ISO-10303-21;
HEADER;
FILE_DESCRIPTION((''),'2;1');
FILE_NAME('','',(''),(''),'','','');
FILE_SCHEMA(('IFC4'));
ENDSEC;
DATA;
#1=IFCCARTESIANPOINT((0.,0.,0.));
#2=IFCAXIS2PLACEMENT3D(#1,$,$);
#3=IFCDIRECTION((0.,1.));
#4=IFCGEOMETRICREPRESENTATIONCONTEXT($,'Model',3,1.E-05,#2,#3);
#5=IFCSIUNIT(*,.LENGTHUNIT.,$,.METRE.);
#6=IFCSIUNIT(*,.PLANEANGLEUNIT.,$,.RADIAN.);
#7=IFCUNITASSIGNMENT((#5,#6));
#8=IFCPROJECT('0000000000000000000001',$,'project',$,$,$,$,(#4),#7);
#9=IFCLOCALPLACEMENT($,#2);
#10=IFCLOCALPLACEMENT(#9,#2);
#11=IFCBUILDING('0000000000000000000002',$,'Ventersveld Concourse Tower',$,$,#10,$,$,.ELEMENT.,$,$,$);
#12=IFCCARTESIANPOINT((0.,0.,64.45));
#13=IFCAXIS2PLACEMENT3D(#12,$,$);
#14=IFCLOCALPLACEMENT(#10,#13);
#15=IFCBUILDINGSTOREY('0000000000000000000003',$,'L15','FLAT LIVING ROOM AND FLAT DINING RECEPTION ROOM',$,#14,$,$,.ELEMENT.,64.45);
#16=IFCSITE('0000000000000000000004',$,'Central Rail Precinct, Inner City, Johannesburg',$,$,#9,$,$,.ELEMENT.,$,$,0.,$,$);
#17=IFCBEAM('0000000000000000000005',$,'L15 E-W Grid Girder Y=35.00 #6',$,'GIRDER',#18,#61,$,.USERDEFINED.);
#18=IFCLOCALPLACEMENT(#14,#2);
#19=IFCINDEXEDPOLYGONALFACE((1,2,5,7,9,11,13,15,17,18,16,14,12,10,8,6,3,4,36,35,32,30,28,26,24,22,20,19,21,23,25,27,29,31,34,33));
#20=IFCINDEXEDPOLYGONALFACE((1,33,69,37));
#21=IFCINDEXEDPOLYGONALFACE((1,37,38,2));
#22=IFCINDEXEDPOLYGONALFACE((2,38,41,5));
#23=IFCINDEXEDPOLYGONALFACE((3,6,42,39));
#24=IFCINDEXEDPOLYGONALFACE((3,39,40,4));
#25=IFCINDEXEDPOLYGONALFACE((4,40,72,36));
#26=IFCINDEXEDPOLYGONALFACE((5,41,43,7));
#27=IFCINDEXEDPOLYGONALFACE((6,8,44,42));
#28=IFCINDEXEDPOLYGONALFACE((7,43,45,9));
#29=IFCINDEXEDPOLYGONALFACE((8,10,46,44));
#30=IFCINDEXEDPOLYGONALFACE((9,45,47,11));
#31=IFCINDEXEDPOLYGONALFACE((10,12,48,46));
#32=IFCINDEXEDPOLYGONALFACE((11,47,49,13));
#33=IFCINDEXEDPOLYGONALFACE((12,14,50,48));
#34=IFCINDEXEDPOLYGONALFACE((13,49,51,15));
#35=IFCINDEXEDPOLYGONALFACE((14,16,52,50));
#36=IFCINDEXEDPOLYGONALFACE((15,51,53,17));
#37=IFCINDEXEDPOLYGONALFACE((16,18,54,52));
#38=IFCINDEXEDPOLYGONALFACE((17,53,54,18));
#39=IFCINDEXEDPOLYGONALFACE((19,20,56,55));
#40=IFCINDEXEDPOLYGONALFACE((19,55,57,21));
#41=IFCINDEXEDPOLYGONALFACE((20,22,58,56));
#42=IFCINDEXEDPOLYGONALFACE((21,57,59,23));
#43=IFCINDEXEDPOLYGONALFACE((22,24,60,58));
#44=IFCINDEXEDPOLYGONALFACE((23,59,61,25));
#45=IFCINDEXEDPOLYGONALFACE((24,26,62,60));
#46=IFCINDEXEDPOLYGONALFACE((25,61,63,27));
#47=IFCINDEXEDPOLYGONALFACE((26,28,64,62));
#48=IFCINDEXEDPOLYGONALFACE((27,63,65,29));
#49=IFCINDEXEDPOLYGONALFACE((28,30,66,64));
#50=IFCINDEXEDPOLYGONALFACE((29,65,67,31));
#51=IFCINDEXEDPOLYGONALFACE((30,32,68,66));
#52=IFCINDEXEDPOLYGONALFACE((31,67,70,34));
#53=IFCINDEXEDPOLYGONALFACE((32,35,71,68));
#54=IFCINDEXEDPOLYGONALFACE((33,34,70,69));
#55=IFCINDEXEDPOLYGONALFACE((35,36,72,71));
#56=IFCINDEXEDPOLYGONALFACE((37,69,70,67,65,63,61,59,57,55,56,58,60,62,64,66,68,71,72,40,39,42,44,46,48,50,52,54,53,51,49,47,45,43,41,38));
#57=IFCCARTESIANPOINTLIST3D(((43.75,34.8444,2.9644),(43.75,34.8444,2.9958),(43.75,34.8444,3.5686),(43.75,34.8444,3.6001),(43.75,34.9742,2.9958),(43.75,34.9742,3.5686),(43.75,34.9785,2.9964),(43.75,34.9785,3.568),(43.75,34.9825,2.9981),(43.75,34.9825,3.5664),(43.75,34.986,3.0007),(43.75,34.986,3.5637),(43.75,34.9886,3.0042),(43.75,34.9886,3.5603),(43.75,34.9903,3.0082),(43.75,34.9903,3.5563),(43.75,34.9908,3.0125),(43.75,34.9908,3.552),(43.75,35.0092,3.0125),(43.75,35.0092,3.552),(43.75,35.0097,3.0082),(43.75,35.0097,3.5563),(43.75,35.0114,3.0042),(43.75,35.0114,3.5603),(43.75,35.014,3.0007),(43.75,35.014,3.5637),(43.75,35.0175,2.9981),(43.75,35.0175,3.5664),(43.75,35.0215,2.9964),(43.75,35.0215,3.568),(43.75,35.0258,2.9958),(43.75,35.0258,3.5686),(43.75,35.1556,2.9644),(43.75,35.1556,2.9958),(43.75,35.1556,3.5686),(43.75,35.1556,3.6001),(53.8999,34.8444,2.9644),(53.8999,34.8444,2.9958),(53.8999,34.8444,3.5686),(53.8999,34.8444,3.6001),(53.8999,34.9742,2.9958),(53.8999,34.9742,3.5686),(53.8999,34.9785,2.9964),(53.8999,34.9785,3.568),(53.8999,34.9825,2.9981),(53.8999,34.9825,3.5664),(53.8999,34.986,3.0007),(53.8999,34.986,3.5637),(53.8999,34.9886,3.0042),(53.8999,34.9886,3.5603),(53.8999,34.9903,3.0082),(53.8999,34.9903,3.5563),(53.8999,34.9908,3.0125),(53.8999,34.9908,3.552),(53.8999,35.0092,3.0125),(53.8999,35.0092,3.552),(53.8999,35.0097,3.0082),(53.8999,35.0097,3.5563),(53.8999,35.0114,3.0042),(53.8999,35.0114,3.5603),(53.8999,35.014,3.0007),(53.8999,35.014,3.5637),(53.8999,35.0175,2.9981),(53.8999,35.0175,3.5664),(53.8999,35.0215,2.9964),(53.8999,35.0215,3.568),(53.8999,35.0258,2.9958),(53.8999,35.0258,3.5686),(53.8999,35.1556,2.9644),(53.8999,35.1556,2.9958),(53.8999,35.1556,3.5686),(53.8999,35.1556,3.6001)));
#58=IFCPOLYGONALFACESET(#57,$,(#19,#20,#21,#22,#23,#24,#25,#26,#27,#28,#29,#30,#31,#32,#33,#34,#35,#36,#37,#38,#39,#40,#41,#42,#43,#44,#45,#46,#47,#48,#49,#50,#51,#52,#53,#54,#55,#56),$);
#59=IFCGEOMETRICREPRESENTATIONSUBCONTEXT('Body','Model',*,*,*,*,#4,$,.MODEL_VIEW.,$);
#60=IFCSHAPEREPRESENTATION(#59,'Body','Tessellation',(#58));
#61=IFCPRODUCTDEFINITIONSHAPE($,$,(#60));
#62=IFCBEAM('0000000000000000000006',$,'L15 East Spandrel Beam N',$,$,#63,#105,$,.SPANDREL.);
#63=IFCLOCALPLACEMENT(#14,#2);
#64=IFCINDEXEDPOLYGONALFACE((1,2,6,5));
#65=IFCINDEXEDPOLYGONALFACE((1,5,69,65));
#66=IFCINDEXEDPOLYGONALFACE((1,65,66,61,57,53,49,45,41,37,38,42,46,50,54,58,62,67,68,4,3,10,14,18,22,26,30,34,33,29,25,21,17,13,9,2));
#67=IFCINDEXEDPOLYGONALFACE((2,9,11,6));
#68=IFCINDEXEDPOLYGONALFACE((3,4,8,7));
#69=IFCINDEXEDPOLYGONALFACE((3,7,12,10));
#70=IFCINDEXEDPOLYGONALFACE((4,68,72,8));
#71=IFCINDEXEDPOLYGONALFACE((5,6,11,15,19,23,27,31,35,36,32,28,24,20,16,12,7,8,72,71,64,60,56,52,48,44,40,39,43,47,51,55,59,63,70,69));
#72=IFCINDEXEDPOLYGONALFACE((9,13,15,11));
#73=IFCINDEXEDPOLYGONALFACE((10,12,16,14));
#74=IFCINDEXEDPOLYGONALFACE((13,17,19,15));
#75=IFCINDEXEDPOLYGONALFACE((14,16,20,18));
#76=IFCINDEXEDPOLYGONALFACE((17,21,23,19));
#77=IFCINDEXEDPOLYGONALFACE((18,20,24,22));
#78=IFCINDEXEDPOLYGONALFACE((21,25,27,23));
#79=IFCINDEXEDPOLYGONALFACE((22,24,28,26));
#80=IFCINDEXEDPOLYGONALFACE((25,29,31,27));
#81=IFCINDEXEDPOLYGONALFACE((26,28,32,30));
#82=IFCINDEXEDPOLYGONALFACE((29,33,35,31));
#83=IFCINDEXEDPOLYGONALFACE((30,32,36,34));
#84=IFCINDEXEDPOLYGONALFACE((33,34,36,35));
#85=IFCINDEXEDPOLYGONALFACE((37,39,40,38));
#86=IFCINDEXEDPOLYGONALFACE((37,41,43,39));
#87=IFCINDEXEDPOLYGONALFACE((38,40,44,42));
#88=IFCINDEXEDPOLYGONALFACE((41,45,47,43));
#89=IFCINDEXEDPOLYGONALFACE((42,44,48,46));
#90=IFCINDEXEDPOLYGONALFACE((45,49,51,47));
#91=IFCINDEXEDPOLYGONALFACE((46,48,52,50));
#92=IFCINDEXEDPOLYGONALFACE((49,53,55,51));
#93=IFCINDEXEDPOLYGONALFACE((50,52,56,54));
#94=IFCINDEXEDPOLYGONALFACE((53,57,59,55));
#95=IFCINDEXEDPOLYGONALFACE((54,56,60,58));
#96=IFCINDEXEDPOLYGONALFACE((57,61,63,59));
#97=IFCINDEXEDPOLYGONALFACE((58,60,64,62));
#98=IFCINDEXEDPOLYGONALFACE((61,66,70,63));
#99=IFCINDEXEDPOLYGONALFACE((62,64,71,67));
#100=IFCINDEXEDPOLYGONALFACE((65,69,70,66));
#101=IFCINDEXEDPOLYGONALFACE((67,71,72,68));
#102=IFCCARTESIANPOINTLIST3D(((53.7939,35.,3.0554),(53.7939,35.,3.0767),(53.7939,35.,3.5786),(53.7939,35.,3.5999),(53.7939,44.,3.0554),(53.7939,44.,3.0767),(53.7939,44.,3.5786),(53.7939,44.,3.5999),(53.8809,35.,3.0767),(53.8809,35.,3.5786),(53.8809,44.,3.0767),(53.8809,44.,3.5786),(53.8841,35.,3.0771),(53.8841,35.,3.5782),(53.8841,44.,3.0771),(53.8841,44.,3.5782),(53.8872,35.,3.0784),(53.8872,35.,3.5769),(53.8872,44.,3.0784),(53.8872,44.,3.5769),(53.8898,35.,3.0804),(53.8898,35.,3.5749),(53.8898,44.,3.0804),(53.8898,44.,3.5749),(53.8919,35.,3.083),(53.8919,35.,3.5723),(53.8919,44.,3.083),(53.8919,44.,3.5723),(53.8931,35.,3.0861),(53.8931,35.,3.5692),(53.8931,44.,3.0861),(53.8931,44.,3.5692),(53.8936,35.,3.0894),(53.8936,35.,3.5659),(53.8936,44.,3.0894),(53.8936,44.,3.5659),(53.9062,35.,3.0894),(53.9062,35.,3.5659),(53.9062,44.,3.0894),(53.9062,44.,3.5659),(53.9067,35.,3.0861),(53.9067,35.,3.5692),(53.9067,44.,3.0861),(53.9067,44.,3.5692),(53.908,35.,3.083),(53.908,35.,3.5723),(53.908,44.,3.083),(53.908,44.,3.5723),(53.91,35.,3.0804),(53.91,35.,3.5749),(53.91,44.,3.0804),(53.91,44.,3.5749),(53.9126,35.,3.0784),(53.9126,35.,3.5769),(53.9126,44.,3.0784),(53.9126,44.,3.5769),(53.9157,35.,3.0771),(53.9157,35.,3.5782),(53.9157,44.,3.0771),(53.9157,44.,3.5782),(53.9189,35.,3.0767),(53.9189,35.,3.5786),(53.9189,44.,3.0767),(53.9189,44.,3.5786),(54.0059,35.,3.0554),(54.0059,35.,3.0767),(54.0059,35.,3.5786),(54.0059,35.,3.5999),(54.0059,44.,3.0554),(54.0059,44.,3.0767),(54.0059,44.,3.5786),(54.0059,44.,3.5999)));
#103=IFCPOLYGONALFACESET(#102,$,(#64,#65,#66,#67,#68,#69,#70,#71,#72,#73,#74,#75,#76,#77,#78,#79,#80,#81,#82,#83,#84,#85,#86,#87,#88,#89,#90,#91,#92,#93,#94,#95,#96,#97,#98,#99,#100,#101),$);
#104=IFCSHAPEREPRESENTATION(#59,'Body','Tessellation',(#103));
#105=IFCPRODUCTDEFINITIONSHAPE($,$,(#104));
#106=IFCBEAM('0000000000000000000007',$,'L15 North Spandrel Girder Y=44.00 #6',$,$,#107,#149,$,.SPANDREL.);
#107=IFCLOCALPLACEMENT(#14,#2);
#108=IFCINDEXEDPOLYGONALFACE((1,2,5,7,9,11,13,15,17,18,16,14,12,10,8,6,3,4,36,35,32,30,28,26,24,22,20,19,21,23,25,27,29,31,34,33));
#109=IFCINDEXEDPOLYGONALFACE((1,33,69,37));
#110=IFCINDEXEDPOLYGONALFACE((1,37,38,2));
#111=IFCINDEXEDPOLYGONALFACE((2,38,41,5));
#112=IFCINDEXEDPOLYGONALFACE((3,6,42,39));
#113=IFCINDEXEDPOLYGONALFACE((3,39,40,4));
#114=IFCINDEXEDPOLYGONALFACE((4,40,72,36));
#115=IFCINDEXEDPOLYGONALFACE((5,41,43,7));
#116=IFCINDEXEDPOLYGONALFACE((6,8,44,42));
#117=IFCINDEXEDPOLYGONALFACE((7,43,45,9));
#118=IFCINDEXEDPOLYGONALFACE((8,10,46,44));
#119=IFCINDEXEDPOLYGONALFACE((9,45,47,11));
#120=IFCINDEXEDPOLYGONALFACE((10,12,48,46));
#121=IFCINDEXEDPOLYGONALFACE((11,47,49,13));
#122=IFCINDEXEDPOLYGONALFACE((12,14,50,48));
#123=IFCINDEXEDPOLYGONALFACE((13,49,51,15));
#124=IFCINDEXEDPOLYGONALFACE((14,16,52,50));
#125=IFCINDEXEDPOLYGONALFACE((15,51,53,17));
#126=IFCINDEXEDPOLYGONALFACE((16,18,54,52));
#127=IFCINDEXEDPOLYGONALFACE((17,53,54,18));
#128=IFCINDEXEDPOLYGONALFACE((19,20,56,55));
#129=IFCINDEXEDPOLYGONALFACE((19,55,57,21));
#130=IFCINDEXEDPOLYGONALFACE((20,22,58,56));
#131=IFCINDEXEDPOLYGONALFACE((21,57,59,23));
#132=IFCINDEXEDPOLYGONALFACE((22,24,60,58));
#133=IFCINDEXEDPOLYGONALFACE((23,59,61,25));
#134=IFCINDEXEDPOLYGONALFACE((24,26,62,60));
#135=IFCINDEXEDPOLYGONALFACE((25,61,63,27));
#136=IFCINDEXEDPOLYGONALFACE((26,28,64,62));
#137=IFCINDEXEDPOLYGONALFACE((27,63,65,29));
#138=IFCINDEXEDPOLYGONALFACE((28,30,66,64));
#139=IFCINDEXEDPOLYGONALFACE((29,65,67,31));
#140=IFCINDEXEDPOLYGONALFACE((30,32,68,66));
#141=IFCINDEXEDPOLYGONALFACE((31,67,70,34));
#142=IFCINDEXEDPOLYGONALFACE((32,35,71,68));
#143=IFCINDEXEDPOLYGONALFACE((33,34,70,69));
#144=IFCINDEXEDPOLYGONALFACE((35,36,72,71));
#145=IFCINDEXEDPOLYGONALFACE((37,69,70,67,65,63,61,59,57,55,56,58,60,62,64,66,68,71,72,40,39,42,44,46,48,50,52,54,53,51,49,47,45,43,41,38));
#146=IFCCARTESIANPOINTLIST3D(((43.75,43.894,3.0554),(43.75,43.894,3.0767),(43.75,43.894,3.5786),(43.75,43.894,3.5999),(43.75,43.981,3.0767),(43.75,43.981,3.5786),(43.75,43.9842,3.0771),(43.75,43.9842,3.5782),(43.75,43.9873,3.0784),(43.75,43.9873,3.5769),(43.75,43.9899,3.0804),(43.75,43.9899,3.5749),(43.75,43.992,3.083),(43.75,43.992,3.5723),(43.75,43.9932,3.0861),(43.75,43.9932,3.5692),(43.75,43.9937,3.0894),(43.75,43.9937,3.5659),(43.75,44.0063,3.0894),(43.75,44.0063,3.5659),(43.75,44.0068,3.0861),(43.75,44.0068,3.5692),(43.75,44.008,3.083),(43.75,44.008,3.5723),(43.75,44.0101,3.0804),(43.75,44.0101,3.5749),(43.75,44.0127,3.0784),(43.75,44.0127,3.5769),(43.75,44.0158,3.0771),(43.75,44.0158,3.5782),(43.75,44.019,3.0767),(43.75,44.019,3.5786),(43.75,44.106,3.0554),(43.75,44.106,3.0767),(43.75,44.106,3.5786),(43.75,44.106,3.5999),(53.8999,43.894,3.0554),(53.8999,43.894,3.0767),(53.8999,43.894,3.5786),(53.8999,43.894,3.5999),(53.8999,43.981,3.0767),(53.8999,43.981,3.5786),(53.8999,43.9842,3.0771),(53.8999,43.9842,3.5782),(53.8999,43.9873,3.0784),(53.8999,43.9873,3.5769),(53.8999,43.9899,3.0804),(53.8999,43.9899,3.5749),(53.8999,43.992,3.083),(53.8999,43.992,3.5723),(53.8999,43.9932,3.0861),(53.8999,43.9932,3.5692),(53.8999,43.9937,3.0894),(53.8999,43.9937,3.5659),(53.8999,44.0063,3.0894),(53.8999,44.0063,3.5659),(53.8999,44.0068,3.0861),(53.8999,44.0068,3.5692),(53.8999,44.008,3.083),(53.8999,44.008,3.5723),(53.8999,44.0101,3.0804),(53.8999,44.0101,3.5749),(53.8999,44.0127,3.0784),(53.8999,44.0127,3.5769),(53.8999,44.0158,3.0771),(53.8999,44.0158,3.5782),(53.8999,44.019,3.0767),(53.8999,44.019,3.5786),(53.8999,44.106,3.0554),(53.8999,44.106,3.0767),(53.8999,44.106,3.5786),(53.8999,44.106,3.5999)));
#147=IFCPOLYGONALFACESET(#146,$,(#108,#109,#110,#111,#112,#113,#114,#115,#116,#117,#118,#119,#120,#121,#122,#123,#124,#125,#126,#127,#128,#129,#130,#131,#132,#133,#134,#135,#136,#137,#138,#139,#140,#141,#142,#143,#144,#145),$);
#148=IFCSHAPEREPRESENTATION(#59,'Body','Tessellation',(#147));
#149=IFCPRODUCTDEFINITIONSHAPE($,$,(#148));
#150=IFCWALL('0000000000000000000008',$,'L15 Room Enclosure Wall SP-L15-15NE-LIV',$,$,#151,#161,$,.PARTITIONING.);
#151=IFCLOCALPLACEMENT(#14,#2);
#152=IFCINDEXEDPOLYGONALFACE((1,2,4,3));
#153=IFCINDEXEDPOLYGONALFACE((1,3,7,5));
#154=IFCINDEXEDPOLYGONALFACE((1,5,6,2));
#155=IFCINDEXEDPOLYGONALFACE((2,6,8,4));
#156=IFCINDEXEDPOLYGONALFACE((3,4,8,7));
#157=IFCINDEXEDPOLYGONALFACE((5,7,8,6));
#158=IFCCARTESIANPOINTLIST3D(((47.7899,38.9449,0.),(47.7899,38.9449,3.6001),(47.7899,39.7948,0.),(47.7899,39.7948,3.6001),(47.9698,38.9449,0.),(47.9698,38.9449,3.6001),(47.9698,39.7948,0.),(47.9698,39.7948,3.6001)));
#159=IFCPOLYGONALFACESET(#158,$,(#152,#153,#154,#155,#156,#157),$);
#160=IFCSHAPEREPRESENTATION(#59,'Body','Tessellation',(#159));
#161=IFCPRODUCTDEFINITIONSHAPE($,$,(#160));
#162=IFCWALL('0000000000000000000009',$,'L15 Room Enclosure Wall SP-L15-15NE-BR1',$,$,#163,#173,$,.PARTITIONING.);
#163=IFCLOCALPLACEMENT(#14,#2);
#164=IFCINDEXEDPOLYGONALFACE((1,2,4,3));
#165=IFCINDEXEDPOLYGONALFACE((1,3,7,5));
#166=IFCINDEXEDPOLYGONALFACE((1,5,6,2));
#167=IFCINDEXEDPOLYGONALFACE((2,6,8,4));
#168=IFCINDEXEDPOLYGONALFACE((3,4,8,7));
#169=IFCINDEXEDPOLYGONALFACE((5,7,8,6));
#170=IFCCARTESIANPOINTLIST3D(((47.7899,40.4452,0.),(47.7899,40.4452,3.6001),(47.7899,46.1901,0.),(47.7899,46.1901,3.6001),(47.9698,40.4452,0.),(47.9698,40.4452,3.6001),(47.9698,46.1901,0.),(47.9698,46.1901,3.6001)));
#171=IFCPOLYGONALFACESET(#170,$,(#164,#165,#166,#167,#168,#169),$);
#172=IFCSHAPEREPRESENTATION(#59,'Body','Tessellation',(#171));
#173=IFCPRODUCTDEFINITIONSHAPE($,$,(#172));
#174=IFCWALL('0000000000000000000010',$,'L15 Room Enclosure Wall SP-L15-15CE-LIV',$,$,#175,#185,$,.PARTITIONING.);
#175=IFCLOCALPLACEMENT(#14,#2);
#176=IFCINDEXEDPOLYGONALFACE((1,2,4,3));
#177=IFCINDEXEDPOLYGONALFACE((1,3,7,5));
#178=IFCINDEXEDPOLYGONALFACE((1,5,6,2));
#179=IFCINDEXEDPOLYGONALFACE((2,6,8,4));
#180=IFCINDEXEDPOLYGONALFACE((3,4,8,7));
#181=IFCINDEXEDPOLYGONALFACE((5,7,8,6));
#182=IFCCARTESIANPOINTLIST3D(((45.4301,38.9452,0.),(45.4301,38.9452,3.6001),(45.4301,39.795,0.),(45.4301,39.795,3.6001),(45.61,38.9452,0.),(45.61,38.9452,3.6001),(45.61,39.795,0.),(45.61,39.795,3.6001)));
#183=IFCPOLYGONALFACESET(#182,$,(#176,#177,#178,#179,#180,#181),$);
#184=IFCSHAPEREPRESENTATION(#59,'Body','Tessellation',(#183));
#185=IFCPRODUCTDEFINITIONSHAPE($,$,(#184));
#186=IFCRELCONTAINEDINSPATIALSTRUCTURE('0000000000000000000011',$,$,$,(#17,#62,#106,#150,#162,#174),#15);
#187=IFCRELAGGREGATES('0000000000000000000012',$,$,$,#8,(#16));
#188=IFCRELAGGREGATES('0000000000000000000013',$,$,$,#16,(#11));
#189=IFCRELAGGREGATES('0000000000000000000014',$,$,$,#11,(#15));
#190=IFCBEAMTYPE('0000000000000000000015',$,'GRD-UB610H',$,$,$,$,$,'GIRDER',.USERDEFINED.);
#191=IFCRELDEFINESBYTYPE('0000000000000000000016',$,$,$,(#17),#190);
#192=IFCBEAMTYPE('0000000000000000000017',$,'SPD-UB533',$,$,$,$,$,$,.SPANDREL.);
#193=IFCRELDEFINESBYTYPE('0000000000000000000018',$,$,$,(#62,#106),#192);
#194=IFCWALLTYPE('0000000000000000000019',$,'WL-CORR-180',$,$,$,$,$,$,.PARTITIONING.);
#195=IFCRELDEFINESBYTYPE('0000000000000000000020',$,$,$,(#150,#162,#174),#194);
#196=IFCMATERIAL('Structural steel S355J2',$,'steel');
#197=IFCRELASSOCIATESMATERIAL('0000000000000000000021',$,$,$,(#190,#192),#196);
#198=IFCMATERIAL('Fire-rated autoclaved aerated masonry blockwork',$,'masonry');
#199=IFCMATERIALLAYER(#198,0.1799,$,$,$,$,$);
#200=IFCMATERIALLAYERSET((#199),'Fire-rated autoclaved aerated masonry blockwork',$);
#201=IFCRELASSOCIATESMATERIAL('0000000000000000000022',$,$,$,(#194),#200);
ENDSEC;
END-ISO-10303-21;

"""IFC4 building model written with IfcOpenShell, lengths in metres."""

from ifc_helpers import new_model, si_unit, direction, frame, frame_2d, origin, origin_2d, place, context, subcontext, project, spatial, rectangle, i_section, extrude, material, layer, layer_set, material_profile, profile_set, type_object, element, save


model = new_model("IFC4")

# Units and contexts
model_context = context("Model", 3, precision=1e-05, world=origin(), true_north=direction((0.0, 1.0)))
body_context = subcontext(model_context, "Body", "Model", "MODEL_VIEW")
ifc_project = project(units=[si_unit("LENGTHUNIT", "METRE"), si_unit("PLANEANGLEUNIT", "RADIAN")], contexts=[model_context])

# Site, building, storey
site_placement = place(None, origin())
site = spatial("IfcSite", under=ifc_project, at=site_placement, Name="Central Rail Precinct, Inner City, Johannesburg", CompositionType="ELEMENT", RefElevation=0.0)
building_placement = place(site_placement, origin())
building = spatial("IfcBuilding", under=site, at=building_placement, Name="Ventersveld Concourse Tower", CompositionType="ELEMENT")
storey_placement = place(building_placement, frame((0.0, 0.0, 64.45)))
storey = spatial("IfcBuildingStorey", under=building, at=storey_placement, Name="L15", Description="FLAT LIVING ROOM AND FLAT DINING RECEPTION ROOM", CompositionType="ELEMENT", Elevation=64.45)

# Beams
ifc_material_1 = material(Name="Structural steel S355J2", Category="steel")
ifc_material_profile_1 = material_profile(ifc_material_1, i_section(OverallWidth=0.3113, OverallDepth=0.6357, WebThickness=0.0183, FlangeThickness=0.0315, FilletRadius=0.0166, at=origin_2d()), Name="UB 610x305x238")
ifc_profile_set_1 = profile_set([ifc_material_profile_1], Name="Structural steel S355J2")
beam_type_1 = type_object("IfcBeamType", Name="GRD-UB610H", ElementType="GIRDER", PredefinedType="USERDEFINED", material=ifc_profile_set_1)
beam_1_placement = place(storey_placement, frame((43.75, 35.0, 3.2822), z_axis=(1.0, 0.0, 0.0), x_axis=(0.0, 1.0, 0.0)))
element("IfcBeam", 1, at=beam_1_placement, inside=storey, type_object=beam_type_1, Name="L15 E-W Grid Girder Y=35.00 #6", ObjectType="GIRDER", PredefinedType="USERDEFINED", context=body_context, shape_type="SweptSolid", body=[
    extrude(i_section(OverallWidth=0.3113, OverallDepth=0.6357, WebThickness=0.0183, FlangeThickness=0.0315, FilletRadius=0.0166, at=origin_2d()), origin(), (0.0, 0.0, 1.0), 10.1499),
])
ifc_material_profile_2 = material_profile(ifc_material_1, i_section(OverallWidth=0.2119, OverallDepth=0.5444, WebThickness=0.0127, FlangeThickness=0.0212, FilletRadius=0.0127, at=origin_2d()), Name="UB 533x210x122")
ifc_profile_set_2 = profile_set([ifc_material_profile_2], Name="Structural steel S355J2")
beam_type_2 = type_object("IfcBeamType", Name="SPD-UB533", PredefinedType="SPANDREL", material=ifc_profile_set_2)
beam_2_placement = place(storey_placement, frame((53.8999, 35.0, 3.3276), z_axis=(0.0, 1.0, 0.0), x_axis=(-1.0, 0.0, 0.0)))
element("IfcBeam", 2, at=beam_2_placement, inside=storey, type_object=beam_type_2, Name="L15 East Spandrel Beam N", PredefinedType="SPANDREL", context=body_context, shape_type="SweptSolid", body=[
    extrude(i_section(OverallWidth=0.2119, OverallDepth=0.5444, WebThickness=0.0127, FlangeThickness=0.0212, FilletRadius=0.0127, at=origin_2d()), origin(), (0.0, 0.0, 1.0), 9.0),
])
beam_3_placement = place(storey_placement, frame((43.75, 44.0, 3.3276), z_axis=(1.0, 0.0, 0.0), x_axis=(0.0, 1.0, 0.0)))
element("IfcBeam", 3, at=beam_3_placement, inside=storey, type_object=beam_type_2, Name="L15 North Spandrel Girder Y=44.00 #6", PredefinedType="SPANDREL", context=body_context, shape_type="SweptSolid", body=[
    extrude(i_section(OverallWidth=0.2119, OverallDepth=0.5444, WebThickness=0.0127, FlangeThickness=0.0212, FilletRadius=0.0127, at=origin_2d()), origin(), (0.0, 0.0, 1.0), 10.1499),
])

# Walls
ifc_material_2 = material(Name="Fire-rated autoclaved aerated masonry blockwork", Category="masonry")
ifc_layer_1 = layer(ifc_material_2, 0.1799)
ifc_layer_set_1 = layer_set([ifc_layer_1], Name="Fire-rated autoclaved aerated masonry blockwork")
wall_type_1 = type_object("IfcWallType", Name="WL-CORR-180", PredefinedType="PARTITIONING", material=ifc_layer_set_1)
wall_1_placement = place(storey_placement, frame((47.8799, 38.9451, 0.0), z_axis=(0.0, 0.0, 1.0), x_axis=(0.0, 1.0, 0.0)))
element("IfcWall", 4, at=wall_1_placement, inside=storey, type_object=wall_type_1, Name="L15 Room Enclosure Wall SP-L15-15NE-LIV", PredefinedType="PARTITIONING", context=body_context, shape_type="SweptSolid", body=[
    extrude(rectangle(XDim=0.8499, YDim=0.1799, at=frame_2d((0.4248, 0.0))), origin(), (0.0, 0.0, 1.0), 3.6001),
])
wall_2_placement = place(storey_placement, frame((47.8799, 40.4451, 0.0), z_axis=(0.0, 0.0, 1.0), x_axis=(0.0, 1.0, 0.0)))
element("IfcWall", 5, at=wall_2_placement, inside=storey, type_object=wall_type_1, Name="L15 Room Enclosure Wall SP-L15-15NE-BR1", PredefinedType="PARTITIONING", context=body_context, shape_type="SweptSolid", body=[
    extrude(rectangle(XDim=5.7449, YDim=0.1799, at=frame_2d((2.8726, 0.0))), origin(), (0.0, 0.0, 1.0), 3.6001),
])
wall_3_placement = place(storey_placement, frame((45.52, 39.7949, 0.0), z_axis=(0.0, 0.0, 1.0), x_axis=(0.0, -1.0, 0.0)))
element("IfcWall", 6, at=wall_3_placement, inside=storey, type_object=wall_type_1, Name="L15 Room Enclosure Wall SP-L15-15CE-LIV", PredefinedType="PARTITIONING", context=body_context, shape_type="SweptSolid", body=[
    extrude(rectangle(XDim=0.8499, YDim=0.1799, at=frame_2d((0.4248, 0.0))), origin(), (0.0, 0.0, 1.0), 3.6001),
])

save(model, "model.ifc")
